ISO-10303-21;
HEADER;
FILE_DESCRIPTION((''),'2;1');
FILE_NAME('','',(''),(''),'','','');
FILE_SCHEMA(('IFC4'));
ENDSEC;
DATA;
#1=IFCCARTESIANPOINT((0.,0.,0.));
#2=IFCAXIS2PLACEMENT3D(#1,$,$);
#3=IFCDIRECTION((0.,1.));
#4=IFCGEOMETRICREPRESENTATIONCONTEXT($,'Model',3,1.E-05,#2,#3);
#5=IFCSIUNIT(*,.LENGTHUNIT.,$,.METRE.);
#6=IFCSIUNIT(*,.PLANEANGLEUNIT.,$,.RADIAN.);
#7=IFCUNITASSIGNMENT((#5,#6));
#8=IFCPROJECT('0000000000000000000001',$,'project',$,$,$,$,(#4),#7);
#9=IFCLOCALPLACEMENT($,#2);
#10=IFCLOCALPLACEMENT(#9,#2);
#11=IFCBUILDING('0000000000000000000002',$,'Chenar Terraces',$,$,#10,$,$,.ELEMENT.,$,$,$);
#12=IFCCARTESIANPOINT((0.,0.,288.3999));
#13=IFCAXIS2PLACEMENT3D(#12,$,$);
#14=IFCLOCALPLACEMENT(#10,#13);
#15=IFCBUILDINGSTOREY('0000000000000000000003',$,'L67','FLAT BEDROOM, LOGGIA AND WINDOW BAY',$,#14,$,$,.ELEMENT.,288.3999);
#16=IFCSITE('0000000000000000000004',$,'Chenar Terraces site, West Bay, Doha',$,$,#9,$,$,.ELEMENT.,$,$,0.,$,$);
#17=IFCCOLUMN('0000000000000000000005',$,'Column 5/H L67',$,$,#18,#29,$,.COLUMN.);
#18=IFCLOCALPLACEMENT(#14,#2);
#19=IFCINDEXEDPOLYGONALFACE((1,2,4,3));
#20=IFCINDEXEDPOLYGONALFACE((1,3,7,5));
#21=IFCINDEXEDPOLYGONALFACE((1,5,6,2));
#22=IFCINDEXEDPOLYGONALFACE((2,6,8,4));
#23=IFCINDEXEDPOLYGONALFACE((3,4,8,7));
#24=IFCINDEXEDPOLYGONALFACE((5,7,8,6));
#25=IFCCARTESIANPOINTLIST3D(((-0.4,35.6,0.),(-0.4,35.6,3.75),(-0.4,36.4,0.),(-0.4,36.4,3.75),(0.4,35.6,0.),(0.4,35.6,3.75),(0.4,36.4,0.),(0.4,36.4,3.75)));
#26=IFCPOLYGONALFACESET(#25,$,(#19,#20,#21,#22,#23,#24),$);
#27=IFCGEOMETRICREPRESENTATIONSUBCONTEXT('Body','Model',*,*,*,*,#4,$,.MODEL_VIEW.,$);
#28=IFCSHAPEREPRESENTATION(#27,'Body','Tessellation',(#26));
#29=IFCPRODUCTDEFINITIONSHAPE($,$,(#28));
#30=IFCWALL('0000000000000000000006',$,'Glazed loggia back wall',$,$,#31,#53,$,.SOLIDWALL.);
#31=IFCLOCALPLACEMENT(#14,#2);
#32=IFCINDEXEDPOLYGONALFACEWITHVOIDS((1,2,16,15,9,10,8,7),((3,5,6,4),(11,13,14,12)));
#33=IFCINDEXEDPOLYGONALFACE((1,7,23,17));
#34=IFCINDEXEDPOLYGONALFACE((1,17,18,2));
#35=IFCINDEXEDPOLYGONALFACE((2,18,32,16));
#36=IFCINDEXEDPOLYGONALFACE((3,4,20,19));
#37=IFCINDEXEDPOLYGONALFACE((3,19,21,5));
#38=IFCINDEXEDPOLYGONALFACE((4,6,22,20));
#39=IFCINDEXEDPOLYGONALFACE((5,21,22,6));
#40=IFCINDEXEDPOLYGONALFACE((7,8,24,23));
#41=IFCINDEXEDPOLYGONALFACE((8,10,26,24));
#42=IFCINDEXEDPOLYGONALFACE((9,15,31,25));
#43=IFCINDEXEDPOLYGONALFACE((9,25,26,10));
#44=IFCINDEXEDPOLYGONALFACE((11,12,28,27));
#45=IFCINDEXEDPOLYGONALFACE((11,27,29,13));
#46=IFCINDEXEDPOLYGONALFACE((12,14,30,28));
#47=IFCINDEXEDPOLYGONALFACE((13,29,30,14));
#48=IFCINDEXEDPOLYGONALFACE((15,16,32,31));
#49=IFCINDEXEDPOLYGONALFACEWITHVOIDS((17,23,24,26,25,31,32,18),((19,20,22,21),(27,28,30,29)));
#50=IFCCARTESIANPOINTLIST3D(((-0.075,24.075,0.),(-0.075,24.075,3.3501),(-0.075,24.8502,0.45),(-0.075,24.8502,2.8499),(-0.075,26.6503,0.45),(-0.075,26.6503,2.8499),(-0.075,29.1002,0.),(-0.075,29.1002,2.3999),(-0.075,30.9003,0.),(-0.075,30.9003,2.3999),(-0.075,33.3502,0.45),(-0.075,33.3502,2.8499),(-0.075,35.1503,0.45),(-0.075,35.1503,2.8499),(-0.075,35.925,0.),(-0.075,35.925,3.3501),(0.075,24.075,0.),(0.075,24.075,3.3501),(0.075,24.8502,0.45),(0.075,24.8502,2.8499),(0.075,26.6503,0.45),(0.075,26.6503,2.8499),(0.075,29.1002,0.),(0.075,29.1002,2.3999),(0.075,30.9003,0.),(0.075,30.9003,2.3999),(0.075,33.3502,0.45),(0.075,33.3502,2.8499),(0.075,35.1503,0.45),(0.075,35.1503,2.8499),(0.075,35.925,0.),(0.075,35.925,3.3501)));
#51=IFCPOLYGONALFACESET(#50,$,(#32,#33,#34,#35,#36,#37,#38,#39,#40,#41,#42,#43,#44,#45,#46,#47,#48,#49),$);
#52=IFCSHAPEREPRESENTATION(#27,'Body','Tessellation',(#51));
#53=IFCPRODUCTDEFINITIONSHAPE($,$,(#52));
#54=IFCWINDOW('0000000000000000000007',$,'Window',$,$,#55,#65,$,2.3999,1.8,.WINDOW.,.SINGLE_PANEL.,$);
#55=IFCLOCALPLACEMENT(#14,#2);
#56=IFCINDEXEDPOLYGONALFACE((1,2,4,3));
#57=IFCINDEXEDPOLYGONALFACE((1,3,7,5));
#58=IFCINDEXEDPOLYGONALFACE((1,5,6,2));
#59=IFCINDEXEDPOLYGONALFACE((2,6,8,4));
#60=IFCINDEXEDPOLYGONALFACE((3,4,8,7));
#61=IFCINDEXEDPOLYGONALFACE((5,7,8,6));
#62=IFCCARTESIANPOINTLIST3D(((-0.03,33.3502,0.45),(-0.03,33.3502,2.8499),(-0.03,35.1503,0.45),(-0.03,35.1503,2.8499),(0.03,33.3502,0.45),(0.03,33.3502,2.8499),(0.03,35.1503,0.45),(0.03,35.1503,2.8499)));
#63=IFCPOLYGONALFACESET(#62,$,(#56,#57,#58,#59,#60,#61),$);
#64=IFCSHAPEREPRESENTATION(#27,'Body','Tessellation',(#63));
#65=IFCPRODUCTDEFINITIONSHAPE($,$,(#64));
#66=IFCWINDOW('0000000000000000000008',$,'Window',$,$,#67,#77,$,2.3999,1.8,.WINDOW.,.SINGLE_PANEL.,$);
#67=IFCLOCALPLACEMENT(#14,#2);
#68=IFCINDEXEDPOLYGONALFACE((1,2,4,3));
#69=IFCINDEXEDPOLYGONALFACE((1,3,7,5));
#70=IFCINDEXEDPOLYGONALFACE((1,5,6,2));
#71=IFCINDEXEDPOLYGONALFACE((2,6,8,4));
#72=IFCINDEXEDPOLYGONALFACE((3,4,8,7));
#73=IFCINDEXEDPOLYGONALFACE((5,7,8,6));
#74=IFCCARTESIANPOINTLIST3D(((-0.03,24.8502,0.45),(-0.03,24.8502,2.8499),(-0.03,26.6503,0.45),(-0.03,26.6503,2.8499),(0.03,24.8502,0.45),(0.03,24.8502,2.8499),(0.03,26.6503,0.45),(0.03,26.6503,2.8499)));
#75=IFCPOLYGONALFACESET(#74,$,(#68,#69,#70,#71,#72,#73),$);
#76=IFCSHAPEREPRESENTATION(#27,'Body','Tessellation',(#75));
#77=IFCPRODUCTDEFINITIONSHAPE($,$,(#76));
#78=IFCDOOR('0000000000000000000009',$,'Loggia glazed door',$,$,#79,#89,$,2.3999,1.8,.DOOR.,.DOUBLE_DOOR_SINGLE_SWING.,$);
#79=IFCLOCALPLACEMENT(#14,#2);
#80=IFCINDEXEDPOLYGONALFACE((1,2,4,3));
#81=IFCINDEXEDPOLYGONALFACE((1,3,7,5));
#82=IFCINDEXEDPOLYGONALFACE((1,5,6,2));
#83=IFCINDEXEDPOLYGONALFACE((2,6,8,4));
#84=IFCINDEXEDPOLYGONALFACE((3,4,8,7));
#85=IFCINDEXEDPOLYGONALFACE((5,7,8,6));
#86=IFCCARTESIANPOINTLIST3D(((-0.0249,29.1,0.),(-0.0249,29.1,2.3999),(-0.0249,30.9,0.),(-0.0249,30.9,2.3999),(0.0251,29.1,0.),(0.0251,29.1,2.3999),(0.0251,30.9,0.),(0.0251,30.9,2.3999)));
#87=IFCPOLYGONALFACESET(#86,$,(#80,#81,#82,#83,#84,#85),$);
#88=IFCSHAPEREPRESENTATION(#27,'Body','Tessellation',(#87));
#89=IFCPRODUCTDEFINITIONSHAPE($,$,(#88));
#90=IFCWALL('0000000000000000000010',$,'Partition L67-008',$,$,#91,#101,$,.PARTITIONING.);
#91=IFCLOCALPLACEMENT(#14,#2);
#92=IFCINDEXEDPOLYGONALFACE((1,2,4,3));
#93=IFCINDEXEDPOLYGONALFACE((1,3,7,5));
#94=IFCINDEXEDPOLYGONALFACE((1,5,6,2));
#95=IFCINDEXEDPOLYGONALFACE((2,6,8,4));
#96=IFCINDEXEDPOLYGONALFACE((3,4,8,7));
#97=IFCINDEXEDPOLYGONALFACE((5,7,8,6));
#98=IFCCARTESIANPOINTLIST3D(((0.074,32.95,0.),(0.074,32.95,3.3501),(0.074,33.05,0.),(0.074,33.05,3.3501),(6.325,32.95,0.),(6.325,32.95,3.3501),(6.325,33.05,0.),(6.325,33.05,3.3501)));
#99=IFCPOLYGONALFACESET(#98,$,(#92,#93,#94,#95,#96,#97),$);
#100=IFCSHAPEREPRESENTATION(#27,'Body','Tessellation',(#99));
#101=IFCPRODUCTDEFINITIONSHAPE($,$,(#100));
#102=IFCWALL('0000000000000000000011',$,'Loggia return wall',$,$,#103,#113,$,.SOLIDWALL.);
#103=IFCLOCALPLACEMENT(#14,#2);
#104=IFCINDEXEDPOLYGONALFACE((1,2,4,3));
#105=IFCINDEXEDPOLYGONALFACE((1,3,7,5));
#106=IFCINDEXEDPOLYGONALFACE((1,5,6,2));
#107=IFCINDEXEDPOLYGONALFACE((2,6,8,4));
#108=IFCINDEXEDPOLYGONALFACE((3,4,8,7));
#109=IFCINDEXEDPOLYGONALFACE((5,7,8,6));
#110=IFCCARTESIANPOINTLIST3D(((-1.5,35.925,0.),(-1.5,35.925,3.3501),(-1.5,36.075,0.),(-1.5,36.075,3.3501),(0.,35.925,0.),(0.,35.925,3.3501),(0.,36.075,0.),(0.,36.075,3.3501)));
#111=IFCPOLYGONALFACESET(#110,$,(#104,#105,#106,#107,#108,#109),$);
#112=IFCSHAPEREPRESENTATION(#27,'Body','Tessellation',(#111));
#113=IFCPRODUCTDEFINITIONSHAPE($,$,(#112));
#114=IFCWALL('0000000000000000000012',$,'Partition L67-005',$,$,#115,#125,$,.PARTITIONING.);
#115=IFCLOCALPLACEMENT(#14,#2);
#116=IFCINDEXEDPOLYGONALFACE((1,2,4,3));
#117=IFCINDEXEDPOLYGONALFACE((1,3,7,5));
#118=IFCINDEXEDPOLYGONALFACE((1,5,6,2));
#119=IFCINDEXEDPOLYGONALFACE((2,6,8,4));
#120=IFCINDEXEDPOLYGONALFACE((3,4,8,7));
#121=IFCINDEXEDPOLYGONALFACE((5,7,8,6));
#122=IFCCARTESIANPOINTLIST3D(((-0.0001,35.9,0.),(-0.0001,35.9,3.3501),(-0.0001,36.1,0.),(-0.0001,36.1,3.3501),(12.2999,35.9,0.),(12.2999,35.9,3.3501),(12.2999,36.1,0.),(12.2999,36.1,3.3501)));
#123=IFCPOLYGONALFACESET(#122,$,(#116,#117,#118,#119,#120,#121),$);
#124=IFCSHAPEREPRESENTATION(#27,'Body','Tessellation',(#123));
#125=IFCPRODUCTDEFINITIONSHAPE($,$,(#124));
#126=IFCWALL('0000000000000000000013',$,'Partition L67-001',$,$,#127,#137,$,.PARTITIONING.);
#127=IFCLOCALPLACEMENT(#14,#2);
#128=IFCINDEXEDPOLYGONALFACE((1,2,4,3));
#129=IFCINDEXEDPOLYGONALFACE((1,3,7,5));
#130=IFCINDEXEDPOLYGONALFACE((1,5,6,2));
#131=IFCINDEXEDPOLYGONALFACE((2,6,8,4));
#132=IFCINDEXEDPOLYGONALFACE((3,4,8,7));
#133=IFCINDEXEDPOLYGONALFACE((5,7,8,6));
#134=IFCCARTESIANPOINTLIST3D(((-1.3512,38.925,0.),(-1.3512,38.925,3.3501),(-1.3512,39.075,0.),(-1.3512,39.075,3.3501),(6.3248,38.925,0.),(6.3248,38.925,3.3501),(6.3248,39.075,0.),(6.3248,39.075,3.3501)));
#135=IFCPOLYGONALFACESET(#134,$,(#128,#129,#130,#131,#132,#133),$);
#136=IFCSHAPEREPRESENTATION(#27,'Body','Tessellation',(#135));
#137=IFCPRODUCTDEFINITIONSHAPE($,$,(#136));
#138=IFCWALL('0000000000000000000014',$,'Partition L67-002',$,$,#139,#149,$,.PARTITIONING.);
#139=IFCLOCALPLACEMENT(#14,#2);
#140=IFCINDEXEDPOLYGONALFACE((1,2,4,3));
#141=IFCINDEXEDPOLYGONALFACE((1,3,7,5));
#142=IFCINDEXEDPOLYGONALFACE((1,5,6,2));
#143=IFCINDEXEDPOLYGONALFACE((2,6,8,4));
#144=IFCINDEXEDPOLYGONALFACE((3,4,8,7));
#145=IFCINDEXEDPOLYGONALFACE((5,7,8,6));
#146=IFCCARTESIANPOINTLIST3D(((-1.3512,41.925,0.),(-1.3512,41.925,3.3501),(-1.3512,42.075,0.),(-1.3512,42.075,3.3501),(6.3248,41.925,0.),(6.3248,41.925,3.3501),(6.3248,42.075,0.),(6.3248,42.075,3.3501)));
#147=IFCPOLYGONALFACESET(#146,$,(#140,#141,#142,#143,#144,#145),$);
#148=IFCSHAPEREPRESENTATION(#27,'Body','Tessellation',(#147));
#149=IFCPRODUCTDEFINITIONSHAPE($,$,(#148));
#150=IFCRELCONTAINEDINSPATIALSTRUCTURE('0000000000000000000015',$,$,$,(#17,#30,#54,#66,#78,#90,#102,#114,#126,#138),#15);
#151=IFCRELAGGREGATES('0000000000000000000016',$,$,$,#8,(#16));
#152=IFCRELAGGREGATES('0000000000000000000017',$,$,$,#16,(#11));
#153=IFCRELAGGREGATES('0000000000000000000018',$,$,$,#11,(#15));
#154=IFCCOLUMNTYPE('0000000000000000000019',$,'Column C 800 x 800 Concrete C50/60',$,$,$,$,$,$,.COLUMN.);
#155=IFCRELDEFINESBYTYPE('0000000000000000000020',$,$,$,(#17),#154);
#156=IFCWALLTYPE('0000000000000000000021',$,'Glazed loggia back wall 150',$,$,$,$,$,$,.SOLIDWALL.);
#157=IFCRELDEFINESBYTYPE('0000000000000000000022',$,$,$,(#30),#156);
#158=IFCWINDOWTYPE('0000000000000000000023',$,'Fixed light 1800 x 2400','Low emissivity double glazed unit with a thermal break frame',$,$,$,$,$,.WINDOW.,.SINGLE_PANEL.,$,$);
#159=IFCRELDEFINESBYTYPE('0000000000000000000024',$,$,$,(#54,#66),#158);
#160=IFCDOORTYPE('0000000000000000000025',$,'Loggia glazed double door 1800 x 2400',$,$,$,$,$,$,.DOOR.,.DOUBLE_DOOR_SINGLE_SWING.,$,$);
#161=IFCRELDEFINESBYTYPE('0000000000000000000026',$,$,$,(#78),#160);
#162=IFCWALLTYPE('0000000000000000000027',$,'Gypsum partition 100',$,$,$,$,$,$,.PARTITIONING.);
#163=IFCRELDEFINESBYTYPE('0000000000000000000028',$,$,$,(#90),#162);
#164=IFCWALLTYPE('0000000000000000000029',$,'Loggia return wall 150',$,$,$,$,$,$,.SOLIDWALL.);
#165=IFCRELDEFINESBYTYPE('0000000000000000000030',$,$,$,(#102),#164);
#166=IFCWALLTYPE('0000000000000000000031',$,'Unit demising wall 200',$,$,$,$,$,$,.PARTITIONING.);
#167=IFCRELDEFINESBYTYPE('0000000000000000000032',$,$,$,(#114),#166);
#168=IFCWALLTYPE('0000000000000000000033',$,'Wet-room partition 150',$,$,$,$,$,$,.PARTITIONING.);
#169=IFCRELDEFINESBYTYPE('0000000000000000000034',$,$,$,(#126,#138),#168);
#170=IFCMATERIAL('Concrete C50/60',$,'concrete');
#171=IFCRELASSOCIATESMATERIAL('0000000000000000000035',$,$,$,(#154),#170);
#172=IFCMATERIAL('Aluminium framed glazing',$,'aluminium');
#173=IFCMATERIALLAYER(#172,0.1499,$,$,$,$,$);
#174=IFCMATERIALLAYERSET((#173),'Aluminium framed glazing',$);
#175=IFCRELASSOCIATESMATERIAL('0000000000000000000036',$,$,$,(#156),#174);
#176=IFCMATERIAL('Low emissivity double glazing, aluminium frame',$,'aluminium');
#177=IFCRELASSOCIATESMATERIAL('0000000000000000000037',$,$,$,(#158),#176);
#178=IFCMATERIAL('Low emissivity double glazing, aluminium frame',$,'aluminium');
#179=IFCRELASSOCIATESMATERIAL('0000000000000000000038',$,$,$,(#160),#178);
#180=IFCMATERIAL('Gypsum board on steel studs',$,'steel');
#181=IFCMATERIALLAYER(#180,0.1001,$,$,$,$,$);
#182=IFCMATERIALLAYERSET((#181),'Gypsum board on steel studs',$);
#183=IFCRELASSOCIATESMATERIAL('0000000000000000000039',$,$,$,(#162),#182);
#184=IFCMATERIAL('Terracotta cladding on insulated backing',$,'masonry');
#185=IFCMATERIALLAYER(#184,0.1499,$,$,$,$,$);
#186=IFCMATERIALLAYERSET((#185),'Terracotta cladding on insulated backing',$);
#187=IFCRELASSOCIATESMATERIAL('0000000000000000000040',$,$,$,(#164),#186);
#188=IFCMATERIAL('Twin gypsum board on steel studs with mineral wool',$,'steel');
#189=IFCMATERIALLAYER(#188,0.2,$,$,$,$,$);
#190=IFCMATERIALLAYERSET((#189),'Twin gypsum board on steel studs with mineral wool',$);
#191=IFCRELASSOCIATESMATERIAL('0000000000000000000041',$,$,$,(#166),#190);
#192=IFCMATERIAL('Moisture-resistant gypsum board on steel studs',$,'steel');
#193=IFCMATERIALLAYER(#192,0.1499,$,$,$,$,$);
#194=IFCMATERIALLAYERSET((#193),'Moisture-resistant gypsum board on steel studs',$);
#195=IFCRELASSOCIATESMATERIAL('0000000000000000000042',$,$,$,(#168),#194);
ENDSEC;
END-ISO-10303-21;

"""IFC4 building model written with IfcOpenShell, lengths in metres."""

from ifc_helpers import new_model, si_unit, direction, frame, frame_2d, origin, origin_2d, place, context, subcontext, project, spatial, rectangle, extrude, material, layer, layer_set, material_profile, profile_set, type_object, element, fill, save


model = new_model("IFC4")

# Units and contexts
model_context = context("Model", 3, precision=1e-05, world=origin(), true_north=direction((0.0, 1.0)))
body_context = subcontext(model_context, "Body", "Model", "MODEL_VIEW")
ifc_project = project(units=[si_unit("LENGTHUNIT", "METRE"), si_unit("PLANEANGLEUNIT", "RADIAN")], contexts=[model_context])

# Site, building, storey
site_placement = place(None, origin())
site = spatial("IfcSite", under=ifc_project, at=site_placement, Name="Chenar Terraces site, West Bay, Doha", CompositionType="ELEMENT", RefElevation=0.0)
building_placement = place(site_placement, origin())
building = spatial("IfcBuilding", under=site, at=building_placement, Name="Chenar Terraces", CompositionType="ELEMENT")
storey_placement = place(building_placement, frame((0.0, 0.0, 288.3999)))
storey = spatial("IfcBuildingStorey", under=building, at=storey_placement, Name="L67", Description="FLAT BEDROOM, LOGGIA AND WINDOW BAY", CompositionType="ELEMENT", Elevation=288.3999)

# Column
ifc_material_1 = material(Name="Concrete C50/60", Category="concrete")
ifc_material_profile_1 = material_profile(ifc_material_1, rectangle(XDim=0.8, YDim=0.8, at=origin_2d()), Name="C 800 x 800")
ifc_profile_set_1 = profile_set([ifc_material_profile_1], Name="Concrete C50/60")
column_type = type_object("IfcColumnType", Name="Column C 800 x 800 Concrete C50/60", PredefinedType="COLUMN", material=ifc_profile_set_1)
placement = place(storey_placement, frame((0.0, 36.0, 0.0), z_axis=(0.0, 0.0, 1.0), x_axis=(1.0, 0.0, 0.0)))
element("IfcColumn", 1, at=placement, inside=storey, type_object=column_type, Name="Column 5/H L67", PredefinedType="COLUMN", context=body_context, shape_type="SweptSolid", body=[
    extrude(rectangle(XDim=0.8, YDim=0.8, at=origin_2d()), origin(), (0.0, 0.0, 1.0), 3.75),
])

# Wall, openings, windows, door
ifc_material_2 = material(Name="Aluminium framed glazing", Category="aluminium")
ifc_layer_1 = layer(ifc_material_2, 0.1499)
ifc_layer_set_1 = layer_set([ifc_layer_1], Name="Aluminium framed glazing")
wall_type_1 = type_object("IfcWallType", Name="Glazed loggia back wall 150", PredefinedType="SOLIDWALL", material=ifc_layer_set_1)
wall_1_placement = place(storey_placement, frame((0.0, 35.925, 0.0), z_axis=(0.0, 0.0, 1.0), x_axis=(0.0, -1.0, 0.0)))
wall_1 = element("IfcWall", 2, at=wall_1_placement, inside=storey, type_object=wall_type_1, Name="Glazed loggia back wall", PredefinedType="SOLIDWALL", context=body_context, shape_type="SweptSolid", body=[
    extrude(rectangle(XDim=11.8501, YDim=0.1499, at=frame_2d((5.925, 0.0))), origin(), (0.0, 0.0, 1.0), 3.3501),
])
opening_1_placement = place(wall_1_placement, frame((0.7749, 0.0, 0.45)))
opening_1 = element("IfcOpeningElement", 3, at=opening_1_placement, cuts=wall_1, PredefinedType="OPENING", context=body_context, shape_type="SweptSolid", body=[
    extrude(rectangle(XDim=1.8, YDim=2.3999, at=frame_2d((0.8999, 1.2))), frame((0.0, 0.085, 0.0), z_axis=(0.0, -1.0, 0.0), x_axis=(1.0, 0.0, 0.0)), (0.0, 0.0, 1.0), 0.1699),
])
opening_2_placement = place(wall_1_placement, frame((5.0249, 0.0, 0.0)))
opening_2 = element("IfcOpeningElement", 4, at=opening_2_placement, cuts=wall_1, PredefinedType="OPENING", context=body_context, shape_type="SweptSolid", body=[
    extrude(rectangle(XDim=1.8, YDim=2.3999, at=frame_2d((0.8999, 1.2))), frame((0.0, 0.085, 0.0), z_axis=(0.0, -1.0, 0.0), x_axis=(1.0, 0.0, 0.0)), (0.0, 0.0, 1.0), 0.1699),
])
opening_3_placement = place(wall_1_placement, frame((9.2749, 0.0, 0.45)))
opening_3 = element("IfcOpeningElement", 5, at=opening_3_placement, cuts=wall_1, PredefinedType="OPENING", context=body_context, shape_type="SweptSolid", body=[
    extrude(rectangle(XDim=1.8, YDim=2.3999, at=frame_2d((0.8999, 1.2))), frame((0.0, 0.085, 0.0), z_axis=(0.0, -1.0, 0.0), x_axis=(1.0, 0.0, 0.0)), (0.0, 0.0, 1.0), 0.1699),
])
ifc_material_3 = material(Name="Low emissivity double glazing, aluminium frame", Category="aluminium")
window_type = type_object("IfcWindowType", Name="Fixed light 1800 x 2400", Description="Low emissivity double glazed unit with a thermal break frame", PartitioningType="SINGLE_PANEL", PredefinedType="WINDOW", material=ifc_material_3)
window_1_placement = place(opening_1_placement, origin())
window_1 = element("IfcWindow", 6, at=window_1_placement, inside=storey, type_object=window_type, Name="Window", OverallHeight=2.3999, OverallWidth=1.8, PartitioningType="SINGLE_PANEL", PredefinedType="WINDOW", context=body_context, shape_type="SweptSolid", body=[
    extrude(rectangle(XDim=1.8, YDim=2.3999, at=frame_2d((0.8999, 1.2))), frame((0.0, 0.03, 0.0), z_axis=(0.0, -1.0, 0.0), x_axis=(1.0, 0.0, 0.0)), (0.0, 0.0, 1.0), 0.0601),
])
fill(opening_1, window_1)
window_2_placement = place(opening_3_placement, origin())
window_2 = element("IfcWindow", 7, at=window_2_placement, inside=storey, type_object=window_type, Name="Window", OverallHeight=2.3999, OverallWidth=1.8, PartitioningType="SINGLE_PANEL", PredefinedType="WINDOW", context=body_context, shape_type="SweptSolid", body=[
    extrude(rectangle(XDim=1.8, YDim=2.3999, at=frame_2d((0.8999, 1.2))), frame((0.0, 0.03, 0.0), z_axis=(0.0, -1.0, 0.0), x_axis=(1.0, 0.0, 0.0)), (0.0, 0.0, 1.0), 0.0601),
])
fill(opening_3, window_2)
ifc_material_4 = material(Name="Low emissivity double glazing, aluminium frame", Category="aluminium")
door_type_1 = type_object("IfcDoorType", Name="Loggia glazed double door 1800 x 2400", OperationType="DOUBLE_DOOR_SINGLE_SWING", PredefinedType="DOOR", material=ifc_material_4)
door_1_placement = place(opening_2_placement, frame((1.8, 0.0, 0.0), z_axis=(0.0, 0.0, 1.0), x_axis=(-1.0, 0.0, 0.0)))
door_1 = element("IfcDoor", 8, at=door_1_placement, inside=storey, type_object=door_type_1, Name="Loggia glazed door", OperationType="DOUBLE_DOOR_SINGLE_SWING", OverallHeight=2.3999, OverallWidth=1.8, PredefinedType="DOOR", context=body_context, shape_type="SweptSolid", body=[
    extrude(rectangle(XDim=1.8, YDim=2.3999, at=frame_2d((0.8999, 1.2))), frame((0.0, 0.0249, 0.0), z_axis=(0.0, -1.0, 0.0), x_axis=(1.0, 0.0, 0.0)), (0.0, 0.0, 1.0), 0.05),
])
fill(opening_2, door_1)

# Walls
ifc_material_5 = material(Name="Gypsum board on steel studs", Category="steel")
ifc_layer_2 = layer(ifc_material_5, 0.1001)
ifc_layer_set_2 = layer_set([ifc_layer_2], Name="Gypsum board on steel studs")
wall_type_2 = type_object("IfcWallType", Name="Gypsum partition 100", PredefinedType="PARTITIONING", material=ifc_layer_set_2)
wall_2_placement = place(storey_placement, frame((0.074, 33.0, 0.0), z_axis=(0.0, 0.0, 1.0), x_axis=(1.0, 0.0, 0.0)))
element("IfcWall", 9, at=wall_2_placement, inside=storey, type_object=wall_type_2, Name="Partition L67-008", PredefinedType="PARTITIONING", context=body_context, shape_type="SweptSolid", body=[
    extrude(rectangle(XDim=6.251, YDim=0.1001, at=frame_2d((3.1255, 0.0))), origin(), (0.0, 0.0, 1.0), 3.3501),
])
ifc_material_6 = material(Name="Terracotta cladding on insulated backing", Category="masonry")
ifc_layer_3 = layer(ifc_material_6, 0.1499)
ifc_layer_set_3 = layer_set([ifc_layer_3], Name="Terracotta cladding on insulated backing")
wall_type_3 = type_object("IfcWallType", Name="Loggia return wall 150", PredefinedType="SOLIDWALL", material=ifc_layer_set_3)
wall_3_placement = place(storey_placement, frame((-1.5, 36.0, 0.0), z_axis=(0.0, 0.0, 1.0), x_axis=(1.0, 0.0, 0.0)))
element("IfcWall", 10, at=wall_3_placement, inside=storey, type_object=wall_type_3, Name="Loggia return wall", PredefinedType="SOLIDWALL", context=body_context, shape_type="SweptSolid", body=[
    extrude(rectangle(XDim=1.5, YDim=0.1499, at=frame_2d((0.75, 0.0))), origin(), (0.0, 0.0, 1.0), 3.3501),
])
ifc_material_7 = material(Name="Twin gypsum board on steel studs with mineral wool", Category="steel")
ifc_layer_4 = layer(ifc_material_7, 0.2)
ifc_layer_set_4 = layer_set([ifc_layer_4], Name="Twin gypsum board on steel studs with mineral wool")
wall_type_4 = type_object("IfcWallType", Name="Unit demising wall 200", PredefinedType="PARTITIONING", material=ifc_layer_set_4)
element("IfcWall", 11, at=placement, inside=storey, type_object=wall_type_4, Name="Partition L67-005", PredefinedType="PARTITIONING", context=body_context, shape_type="SweptSolid", body=[
    extrude(rectangle(XDim=12.3, YDim=0.2, at=frame_2d((6.1499, 0.0))), origin(), (0.0, 0.0, 1.0), 3.3501),
])
ifc_material_8 = material(Name="Moisture-resistant gypsum board on steel studs", Category="steel")
ifc_layer_5 = layer(ifc_material_8, 0.1499)
ifc_layer_set_5 = layer_set([ifc_layer_5], Name="Moisture-resistant gypsum board on steel studs")
wall_type_5 = type_object("IfcWallType", Name="Wet-room partition 150", PredefinedType="PARTITIONING", material=ifc_layer_set_5)
for number, where, z_axis, x_axis, name in (
    (12, (-1.3511, 39.0, 0.0), (0.0, 0.0, 1.0), (1.0, 0.0, 0.0), "Partition L67-001"),
    (13, (-1.3511, 42.0, 0.0), (0.0, 0.0, 1.0), (1.0, 0.0, 0.0), "Partition L67-002"),
):
    element("IfcWall", number, at=place(storey_placement, frame(where, z_axis=z_axis, x_axis=x_axis)), inside=storey, type_object=wall_type_5, Name=name, PredefinedType="PARTITIONING", context=body_context, shape_type="SweptSolid", body=[
        extrude(rectangle(XDim=7.676, YDim=0.1499, at=frame_2d((3.8379, 0.0))), origin(), (0.0, 0.0, 1.0), 3.3501),
    ])

save(model, "model.ifc")
